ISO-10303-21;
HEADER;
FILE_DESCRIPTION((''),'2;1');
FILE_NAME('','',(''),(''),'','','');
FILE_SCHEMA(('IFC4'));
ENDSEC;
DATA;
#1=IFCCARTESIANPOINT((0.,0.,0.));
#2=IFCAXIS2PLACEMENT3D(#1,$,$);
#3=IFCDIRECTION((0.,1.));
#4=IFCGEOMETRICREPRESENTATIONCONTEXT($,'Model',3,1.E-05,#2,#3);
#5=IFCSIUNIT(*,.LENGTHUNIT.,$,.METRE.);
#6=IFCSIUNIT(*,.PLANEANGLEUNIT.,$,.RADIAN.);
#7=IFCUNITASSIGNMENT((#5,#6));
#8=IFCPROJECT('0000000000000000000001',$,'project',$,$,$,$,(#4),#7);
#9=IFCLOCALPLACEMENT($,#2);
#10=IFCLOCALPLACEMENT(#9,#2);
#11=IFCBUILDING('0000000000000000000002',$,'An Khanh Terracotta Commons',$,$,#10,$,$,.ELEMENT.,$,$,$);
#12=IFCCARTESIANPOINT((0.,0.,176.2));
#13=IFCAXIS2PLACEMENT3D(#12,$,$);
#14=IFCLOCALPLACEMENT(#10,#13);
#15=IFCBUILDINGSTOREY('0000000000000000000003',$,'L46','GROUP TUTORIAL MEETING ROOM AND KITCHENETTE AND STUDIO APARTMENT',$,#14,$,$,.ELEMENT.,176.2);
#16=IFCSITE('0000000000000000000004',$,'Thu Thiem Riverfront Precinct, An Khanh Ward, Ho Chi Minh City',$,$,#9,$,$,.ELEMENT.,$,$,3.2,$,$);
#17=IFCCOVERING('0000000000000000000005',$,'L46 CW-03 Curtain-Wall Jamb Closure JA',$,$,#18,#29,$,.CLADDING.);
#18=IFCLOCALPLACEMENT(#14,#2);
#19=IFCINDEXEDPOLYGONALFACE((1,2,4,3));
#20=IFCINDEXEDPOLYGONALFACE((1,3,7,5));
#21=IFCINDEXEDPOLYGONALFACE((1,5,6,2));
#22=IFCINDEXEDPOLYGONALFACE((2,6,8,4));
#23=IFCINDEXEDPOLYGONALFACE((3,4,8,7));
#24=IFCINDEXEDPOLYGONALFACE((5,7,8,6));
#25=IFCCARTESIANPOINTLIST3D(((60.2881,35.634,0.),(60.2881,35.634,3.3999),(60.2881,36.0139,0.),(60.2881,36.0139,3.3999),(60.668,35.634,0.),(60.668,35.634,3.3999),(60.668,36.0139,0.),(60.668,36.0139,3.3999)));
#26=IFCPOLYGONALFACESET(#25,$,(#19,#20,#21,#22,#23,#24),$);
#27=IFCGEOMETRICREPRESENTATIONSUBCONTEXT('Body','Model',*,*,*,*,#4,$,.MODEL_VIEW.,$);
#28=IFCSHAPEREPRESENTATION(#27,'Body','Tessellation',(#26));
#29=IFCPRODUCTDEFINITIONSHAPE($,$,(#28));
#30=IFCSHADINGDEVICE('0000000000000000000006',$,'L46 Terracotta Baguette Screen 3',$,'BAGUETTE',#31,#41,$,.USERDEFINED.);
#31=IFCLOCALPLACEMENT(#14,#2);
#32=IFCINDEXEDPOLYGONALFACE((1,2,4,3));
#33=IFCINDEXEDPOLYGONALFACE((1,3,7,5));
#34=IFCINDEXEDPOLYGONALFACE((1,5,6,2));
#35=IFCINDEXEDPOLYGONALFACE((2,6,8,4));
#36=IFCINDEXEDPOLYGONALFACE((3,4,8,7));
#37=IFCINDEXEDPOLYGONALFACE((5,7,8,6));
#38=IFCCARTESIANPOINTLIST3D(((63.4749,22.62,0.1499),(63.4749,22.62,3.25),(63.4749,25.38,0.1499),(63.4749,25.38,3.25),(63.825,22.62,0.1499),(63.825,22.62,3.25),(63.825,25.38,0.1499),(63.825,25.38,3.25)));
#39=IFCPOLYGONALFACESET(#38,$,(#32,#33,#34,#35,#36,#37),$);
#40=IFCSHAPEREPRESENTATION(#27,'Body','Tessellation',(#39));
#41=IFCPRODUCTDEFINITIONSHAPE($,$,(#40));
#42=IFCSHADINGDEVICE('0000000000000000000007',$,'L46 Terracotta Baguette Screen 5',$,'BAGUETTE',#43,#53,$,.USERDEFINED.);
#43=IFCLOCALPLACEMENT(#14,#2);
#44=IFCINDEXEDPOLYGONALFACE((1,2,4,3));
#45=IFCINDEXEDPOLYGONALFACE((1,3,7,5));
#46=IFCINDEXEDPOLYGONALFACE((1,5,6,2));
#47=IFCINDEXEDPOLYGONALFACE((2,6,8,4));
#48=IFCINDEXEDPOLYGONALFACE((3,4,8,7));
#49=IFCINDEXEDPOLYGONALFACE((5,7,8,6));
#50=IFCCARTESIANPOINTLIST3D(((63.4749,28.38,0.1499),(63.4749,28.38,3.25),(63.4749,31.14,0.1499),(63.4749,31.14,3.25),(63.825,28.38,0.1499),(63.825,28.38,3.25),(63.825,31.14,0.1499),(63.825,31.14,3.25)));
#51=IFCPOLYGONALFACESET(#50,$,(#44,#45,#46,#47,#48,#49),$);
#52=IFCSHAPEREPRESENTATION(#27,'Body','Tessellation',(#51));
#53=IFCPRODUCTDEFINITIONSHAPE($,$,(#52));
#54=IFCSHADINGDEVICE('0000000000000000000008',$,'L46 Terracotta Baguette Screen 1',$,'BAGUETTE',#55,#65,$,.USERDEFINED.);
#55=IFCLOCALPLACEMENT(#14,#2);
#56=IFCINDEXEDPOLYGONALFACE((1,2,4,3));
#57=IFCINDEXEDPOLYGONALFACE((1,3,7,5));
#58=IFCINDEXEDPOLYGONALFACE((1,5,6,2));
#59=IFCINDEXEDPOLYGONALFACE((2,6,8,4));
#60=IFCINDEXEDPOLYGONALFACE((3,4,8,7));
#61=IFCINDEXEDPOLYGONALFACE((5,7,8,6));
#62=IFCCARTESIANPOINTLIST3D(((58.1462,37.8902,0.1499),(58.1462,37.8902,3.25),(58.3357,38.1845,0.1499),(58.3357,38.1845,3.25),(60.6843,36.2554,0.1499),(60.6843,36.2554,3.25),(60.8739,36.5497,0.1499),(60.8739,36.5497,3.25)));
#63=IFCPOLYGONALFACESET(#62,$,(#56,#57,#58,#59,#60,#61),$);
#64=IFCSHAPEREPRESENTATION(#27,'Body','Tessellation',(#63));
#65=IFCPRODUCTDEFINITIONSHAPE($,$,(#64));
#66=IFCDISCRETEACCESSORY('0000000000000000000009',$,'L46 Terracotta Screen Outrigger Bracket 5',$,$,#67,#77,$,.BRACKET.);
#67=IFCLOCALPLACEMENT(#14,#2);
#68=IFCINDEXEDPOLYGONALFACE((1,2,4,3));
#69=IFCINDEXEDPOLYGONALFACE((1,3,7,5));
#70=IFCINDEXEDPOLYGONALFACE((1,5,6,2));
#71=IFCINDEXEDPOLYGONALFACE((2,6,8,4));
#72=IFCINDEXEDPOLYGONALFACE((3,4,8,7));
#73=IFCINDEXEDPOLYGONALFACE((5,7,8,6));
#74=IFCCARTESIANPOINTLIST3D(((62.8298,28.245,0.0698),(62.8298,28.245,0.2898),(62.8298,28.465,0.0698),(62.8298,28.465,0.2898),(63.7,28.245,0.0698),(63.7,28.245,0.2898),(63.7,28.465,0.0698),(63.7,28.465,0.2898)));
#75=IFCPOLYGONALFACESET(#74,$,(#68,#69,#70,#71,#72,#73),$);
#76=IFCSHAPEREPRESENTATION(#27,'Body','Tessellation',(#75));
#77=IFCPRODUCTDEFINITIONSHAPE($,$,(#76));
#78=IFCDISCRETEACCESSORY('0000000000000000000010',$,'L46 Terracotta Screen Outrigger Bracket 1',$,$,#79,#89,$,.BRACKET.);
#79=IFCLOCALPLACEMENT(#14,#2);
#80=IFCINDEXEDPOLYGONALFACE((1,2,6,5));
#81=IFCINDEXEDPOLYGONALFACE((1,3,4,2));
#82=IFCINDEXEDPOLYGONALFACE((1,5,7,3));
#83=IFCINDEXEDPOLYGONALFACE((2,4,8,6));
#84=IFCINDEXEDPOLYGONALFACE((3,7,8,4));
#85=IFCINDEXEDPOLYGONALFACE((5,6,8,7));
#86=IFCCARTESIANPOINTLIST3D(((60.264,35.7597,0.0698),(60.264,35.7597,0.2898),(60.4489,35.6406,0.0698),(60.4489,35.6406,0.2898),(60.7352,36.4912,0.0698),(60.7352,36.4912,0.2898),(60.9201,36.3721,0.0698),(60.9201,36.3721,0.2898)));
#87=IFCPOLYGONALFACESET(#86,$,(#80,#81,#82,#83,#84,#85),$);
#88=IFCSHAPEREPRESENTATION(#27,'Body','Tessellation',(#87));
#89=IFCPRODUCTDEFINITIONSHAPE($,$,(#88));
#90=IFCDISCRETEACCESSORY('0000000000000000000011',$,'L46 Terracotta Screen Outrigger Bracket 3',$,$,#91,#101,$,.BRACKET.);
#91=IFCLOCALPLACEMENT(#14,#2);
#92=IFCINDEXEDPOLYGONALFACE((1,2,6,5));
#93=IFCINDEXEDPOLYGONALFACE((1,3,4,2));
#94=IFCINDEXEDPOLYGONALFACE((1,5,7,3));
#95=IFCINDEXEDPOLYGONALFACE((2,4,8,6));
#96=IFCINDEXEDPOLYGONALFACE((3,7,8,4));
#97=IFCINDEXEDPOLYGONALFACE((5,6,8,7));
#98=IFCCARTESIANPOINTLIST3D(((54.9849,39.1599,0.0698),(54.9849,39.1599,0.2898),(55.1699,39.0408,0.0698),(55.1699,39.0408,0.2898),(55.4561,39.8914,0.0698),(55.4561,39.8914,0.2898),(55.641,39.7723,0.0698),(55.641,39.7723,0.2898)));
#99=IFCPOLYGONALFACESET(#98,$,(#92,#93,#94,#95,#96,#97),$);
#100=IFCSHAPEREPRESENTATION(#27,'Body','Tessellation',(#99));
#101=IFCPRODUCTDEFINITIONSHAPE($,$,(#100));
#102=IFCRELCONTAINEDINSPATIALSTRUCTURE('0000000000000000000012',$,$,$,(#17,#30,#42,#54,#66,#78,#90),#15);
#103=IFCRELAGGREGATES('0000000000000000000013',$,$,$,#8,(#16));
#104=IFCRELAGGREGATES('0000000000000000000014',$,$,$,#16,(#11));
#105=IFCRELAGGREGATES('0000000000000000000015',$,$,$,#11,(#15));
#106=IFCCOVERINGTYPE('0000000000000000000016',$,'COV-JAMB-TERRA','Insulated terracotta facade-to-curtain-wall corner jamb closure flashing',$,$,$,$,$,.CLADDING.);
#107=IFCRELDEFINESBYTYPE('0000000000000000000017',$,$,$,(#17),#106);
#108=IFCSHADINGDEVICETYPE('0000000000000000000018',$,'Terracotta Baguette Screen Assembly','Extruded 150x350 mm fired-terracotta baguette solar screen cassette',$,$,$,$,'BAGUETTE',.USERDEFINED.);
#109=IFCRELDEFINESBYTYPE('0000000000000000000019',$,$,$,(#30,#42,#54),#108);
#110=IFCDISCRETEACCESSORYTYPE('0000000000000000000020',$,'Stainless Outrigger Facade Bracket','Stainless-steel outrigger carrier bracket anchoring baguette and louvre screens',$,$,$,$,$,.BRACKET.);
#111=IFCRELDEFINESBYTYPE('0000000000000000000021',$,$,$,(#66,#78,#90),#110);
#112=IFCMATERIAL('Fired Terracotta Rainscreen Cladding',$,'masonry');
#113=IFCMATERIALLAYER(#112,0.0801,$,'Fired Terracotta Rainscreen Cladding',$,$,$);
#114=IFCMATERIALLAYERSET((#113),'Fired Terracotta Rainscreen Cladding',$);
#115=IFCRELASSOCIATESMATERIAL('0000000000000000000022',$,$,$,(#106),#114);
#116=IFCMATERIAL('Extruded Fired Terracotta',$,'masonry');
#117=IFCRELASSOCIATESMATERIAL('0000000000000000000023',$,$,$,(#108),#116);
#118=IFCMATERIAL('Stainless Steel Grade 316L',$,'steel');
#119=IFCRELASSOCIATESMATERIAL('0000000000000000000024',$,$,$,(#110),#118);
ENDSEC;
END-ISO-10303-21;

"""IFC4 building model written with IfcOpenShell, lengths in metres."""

from ifc_helpers import new_model, si_unit, direction, frame, origin, origin_2d, place, context, subcontext, project, spatial, rectangle, extrude, material, layer, layer_set, type_object, element, save


model = new_model("IFC4")

# Units and contexts
model_context = context("Model", 3, precision=1e-05, world=origin(), true_north=direction((0.0, 1.0)))
body_context = subcontext(model_context, "Body", "Model", "MODEL_VIEW")
ifc_project = project(units=[si_unit("LENGTHUNIT", "METRE"), si_unit("PLANEANGLEUNIT", "RADIAN")], contexts=[model_context])

# Site, building, storey
site_placement = place(None, origin())
site = spatial("IfcSite", under=ifc_project, at=site_placement, Name="Thu Thiem Riverfront Precinct, An Khanh Ward, Ho Chi Minh City", CompositionType="ELEMENT", RefElevation=3.2)
building_placement = place(site_placement, origin())
building = spatial("IfcBuilding", under=site, at=building_placement, Name="An Khanh Terracotta Commons", CompositionType="ELEMENT")
storey_placement = place(building_placement, frame((0.0, 0.0, 176.2)))
storey = spatial("IfcBuildingStorey", under=building, at=storey_placement, Name="L46", Description="GROUP TUTORIAL MEETING ROOM AND KITCHENETTE AND STUDIO APARTMENT", CompositionType="ELEMENT", Elevation=176.2)

# Covering
ifc_material_1 = material(Name="Fired Terracotta Rainscreen Cladding", Category="masonry")
ifc_layer_1 = layer(ifc_material_1, 0.0801, Name="Fired Terracotta Rainscreen Cladding")
ifc_layer_set_1 = layer_set([ifc_layer_1], Name="Fired Terracotta Rainscreen Cladding")
covering_type = type_object("IfcCoveringType", Name="COV-JAMB-TERRA", Description="Insulated terracotta facade-to-curtain-wall corner jamb closure flashing", PredefinedType="CLADDING", material=ifc_layer_set_1)
for number, where, z_axis, x_axis, name in (
    (1, (60.478, 35.824, 0.0), (0.0, 0.0, 1.0), (1.0, 0.0, 0.0), "L46 CW-03 Curtain-Wall Jamb Closure JA"),
):
    element("IfcCovering", number, at=place(storey_placement, frame(where, z_axis=z_axis, x_axis=x_axis)), inside=storey, type_object=covering_type, Name=name, PredefinedType="CLADDING", context=body_context, shape_type="SweptSolid", body=[
        extrude(rectangle(XDim=0.3799, YDim=0.3799, at=origin_2d()), origin(), (0.0, 0.0, 1.0), 3.3999),
    ])

# Shading devices
ifc_material_2 = material(Name="Extruded Fired Terracotta", Category="masonry")
shading_device_type = type_object("IfcShadingDeviceType", Name="Terracotta Baguette Screen Assembly", Description="Extruded 150x350 mm fired-terracotta baguette solar screen cassette", ElementType="BAGUETTE", PredefinedType="USERDEFINED", material=ifc_material_2)
for number, where, z_axis, x_axis, name in (
    (2, (63.6499, 24.0, 0.1499), (0.0, 0.0, 1.0), (0.0, 1.0, 0.0), "L46 Terracotta Baguette Screen 3"),
    (3, (63.6499, 29.76, 0.1499), (0.0, 0.0, 1.0), (0.0, 1.0, 0.0), "L46 Terracotta Baguette Screen 5"),
):
    element("IfcShadingDevice", number, at=place(storey_placement, frame(where, z_axis=z_axis, x_axis=x_axis)), inside=storey, type_object=shading_device_type, Name=name, ObjectType="BAGUETTE", PredefinedType="USERDEFINED", context=body_context, shape_type="SweptSolid", body=[
        extrude(rectangle(XDim=2.76, YDim=0.3501, at=origin_2d()), origin(), (0.0, 0.0, 1.0), 3.1001),
    ])
shading_device_placement = place(storey_placement, frame((59.51, 37.22, 0.1499), z_axis=(0.0, 0.0, 1.0), x_axis=(-0.840702, 0.541498, 0.0)))
element("IfcShadingDevice", 4, at=shading_device_placement, inside=storey, type_object=shading_device_type, Name="L46 Terracotta Baguette Screen 1", ObjectType="BAGUETTE", PredefinedType="USERDEFINED", context=body_context, shape_type="SweptSolid", body=[
    extrude(rectangle(XDim=3.019, YDim=0.3501, at=origin_2d()), origin(), (0.0, 0.0, 1.0), 3.1001),
])

# Discrete accessories
ifc_material_3 = material(Name="Stainless Steel Grade 316L", Category="steel")
discrete_accessory_type = type_object("IfcDiscreteAccessoryType", Name="Stainless Outrigger Facade Bracket", Description="Stainless-steel outrigger carrier bracket anchoring baguette and louvre screens", PredefinedType="BRACKET", material=ifc_material_3)
for number, where, z_axis, x_axis, name in (
    (5, (63.2649, 28.355, 0.0698), (0.0, 0.0, 1.0), (0.0, 1.0, 0.0), "L46 Terracotta Screen Outrigger Bracket 5"),
    (6, (60.592, 36.0659, 0.0698), (0.0, 0.0, 1.0), (-0.840702, 0.541498, 0.0), "L46 Terracotta Screen Outrigger Bracket 1"),
    (7, (55.313, 39.4661, 0.0698), (0.0, 0.0, 1.0), (-0.840702, 0.541498, 0.0), "L46 Terracotta Screen Outrigger Bracket 3"),
):
    element("IfcDiscreteAccessory", number, at=place(storey_placement, frame(where, z_axis=z_axis, x_axis=x_axis)), inside=storey, type_object=discrete_accessory_type, Name=name, PredefinedType="BRACKET", context=body_context, shape_type="SweptSolid", body=[
        extrude(rectangle(XDim=0.22, YDim=0.8701, at=origin_2d()), origin(), (0.0, 0.0, 1.0), 0.22),
    ])

save(model, "model.ifc")
